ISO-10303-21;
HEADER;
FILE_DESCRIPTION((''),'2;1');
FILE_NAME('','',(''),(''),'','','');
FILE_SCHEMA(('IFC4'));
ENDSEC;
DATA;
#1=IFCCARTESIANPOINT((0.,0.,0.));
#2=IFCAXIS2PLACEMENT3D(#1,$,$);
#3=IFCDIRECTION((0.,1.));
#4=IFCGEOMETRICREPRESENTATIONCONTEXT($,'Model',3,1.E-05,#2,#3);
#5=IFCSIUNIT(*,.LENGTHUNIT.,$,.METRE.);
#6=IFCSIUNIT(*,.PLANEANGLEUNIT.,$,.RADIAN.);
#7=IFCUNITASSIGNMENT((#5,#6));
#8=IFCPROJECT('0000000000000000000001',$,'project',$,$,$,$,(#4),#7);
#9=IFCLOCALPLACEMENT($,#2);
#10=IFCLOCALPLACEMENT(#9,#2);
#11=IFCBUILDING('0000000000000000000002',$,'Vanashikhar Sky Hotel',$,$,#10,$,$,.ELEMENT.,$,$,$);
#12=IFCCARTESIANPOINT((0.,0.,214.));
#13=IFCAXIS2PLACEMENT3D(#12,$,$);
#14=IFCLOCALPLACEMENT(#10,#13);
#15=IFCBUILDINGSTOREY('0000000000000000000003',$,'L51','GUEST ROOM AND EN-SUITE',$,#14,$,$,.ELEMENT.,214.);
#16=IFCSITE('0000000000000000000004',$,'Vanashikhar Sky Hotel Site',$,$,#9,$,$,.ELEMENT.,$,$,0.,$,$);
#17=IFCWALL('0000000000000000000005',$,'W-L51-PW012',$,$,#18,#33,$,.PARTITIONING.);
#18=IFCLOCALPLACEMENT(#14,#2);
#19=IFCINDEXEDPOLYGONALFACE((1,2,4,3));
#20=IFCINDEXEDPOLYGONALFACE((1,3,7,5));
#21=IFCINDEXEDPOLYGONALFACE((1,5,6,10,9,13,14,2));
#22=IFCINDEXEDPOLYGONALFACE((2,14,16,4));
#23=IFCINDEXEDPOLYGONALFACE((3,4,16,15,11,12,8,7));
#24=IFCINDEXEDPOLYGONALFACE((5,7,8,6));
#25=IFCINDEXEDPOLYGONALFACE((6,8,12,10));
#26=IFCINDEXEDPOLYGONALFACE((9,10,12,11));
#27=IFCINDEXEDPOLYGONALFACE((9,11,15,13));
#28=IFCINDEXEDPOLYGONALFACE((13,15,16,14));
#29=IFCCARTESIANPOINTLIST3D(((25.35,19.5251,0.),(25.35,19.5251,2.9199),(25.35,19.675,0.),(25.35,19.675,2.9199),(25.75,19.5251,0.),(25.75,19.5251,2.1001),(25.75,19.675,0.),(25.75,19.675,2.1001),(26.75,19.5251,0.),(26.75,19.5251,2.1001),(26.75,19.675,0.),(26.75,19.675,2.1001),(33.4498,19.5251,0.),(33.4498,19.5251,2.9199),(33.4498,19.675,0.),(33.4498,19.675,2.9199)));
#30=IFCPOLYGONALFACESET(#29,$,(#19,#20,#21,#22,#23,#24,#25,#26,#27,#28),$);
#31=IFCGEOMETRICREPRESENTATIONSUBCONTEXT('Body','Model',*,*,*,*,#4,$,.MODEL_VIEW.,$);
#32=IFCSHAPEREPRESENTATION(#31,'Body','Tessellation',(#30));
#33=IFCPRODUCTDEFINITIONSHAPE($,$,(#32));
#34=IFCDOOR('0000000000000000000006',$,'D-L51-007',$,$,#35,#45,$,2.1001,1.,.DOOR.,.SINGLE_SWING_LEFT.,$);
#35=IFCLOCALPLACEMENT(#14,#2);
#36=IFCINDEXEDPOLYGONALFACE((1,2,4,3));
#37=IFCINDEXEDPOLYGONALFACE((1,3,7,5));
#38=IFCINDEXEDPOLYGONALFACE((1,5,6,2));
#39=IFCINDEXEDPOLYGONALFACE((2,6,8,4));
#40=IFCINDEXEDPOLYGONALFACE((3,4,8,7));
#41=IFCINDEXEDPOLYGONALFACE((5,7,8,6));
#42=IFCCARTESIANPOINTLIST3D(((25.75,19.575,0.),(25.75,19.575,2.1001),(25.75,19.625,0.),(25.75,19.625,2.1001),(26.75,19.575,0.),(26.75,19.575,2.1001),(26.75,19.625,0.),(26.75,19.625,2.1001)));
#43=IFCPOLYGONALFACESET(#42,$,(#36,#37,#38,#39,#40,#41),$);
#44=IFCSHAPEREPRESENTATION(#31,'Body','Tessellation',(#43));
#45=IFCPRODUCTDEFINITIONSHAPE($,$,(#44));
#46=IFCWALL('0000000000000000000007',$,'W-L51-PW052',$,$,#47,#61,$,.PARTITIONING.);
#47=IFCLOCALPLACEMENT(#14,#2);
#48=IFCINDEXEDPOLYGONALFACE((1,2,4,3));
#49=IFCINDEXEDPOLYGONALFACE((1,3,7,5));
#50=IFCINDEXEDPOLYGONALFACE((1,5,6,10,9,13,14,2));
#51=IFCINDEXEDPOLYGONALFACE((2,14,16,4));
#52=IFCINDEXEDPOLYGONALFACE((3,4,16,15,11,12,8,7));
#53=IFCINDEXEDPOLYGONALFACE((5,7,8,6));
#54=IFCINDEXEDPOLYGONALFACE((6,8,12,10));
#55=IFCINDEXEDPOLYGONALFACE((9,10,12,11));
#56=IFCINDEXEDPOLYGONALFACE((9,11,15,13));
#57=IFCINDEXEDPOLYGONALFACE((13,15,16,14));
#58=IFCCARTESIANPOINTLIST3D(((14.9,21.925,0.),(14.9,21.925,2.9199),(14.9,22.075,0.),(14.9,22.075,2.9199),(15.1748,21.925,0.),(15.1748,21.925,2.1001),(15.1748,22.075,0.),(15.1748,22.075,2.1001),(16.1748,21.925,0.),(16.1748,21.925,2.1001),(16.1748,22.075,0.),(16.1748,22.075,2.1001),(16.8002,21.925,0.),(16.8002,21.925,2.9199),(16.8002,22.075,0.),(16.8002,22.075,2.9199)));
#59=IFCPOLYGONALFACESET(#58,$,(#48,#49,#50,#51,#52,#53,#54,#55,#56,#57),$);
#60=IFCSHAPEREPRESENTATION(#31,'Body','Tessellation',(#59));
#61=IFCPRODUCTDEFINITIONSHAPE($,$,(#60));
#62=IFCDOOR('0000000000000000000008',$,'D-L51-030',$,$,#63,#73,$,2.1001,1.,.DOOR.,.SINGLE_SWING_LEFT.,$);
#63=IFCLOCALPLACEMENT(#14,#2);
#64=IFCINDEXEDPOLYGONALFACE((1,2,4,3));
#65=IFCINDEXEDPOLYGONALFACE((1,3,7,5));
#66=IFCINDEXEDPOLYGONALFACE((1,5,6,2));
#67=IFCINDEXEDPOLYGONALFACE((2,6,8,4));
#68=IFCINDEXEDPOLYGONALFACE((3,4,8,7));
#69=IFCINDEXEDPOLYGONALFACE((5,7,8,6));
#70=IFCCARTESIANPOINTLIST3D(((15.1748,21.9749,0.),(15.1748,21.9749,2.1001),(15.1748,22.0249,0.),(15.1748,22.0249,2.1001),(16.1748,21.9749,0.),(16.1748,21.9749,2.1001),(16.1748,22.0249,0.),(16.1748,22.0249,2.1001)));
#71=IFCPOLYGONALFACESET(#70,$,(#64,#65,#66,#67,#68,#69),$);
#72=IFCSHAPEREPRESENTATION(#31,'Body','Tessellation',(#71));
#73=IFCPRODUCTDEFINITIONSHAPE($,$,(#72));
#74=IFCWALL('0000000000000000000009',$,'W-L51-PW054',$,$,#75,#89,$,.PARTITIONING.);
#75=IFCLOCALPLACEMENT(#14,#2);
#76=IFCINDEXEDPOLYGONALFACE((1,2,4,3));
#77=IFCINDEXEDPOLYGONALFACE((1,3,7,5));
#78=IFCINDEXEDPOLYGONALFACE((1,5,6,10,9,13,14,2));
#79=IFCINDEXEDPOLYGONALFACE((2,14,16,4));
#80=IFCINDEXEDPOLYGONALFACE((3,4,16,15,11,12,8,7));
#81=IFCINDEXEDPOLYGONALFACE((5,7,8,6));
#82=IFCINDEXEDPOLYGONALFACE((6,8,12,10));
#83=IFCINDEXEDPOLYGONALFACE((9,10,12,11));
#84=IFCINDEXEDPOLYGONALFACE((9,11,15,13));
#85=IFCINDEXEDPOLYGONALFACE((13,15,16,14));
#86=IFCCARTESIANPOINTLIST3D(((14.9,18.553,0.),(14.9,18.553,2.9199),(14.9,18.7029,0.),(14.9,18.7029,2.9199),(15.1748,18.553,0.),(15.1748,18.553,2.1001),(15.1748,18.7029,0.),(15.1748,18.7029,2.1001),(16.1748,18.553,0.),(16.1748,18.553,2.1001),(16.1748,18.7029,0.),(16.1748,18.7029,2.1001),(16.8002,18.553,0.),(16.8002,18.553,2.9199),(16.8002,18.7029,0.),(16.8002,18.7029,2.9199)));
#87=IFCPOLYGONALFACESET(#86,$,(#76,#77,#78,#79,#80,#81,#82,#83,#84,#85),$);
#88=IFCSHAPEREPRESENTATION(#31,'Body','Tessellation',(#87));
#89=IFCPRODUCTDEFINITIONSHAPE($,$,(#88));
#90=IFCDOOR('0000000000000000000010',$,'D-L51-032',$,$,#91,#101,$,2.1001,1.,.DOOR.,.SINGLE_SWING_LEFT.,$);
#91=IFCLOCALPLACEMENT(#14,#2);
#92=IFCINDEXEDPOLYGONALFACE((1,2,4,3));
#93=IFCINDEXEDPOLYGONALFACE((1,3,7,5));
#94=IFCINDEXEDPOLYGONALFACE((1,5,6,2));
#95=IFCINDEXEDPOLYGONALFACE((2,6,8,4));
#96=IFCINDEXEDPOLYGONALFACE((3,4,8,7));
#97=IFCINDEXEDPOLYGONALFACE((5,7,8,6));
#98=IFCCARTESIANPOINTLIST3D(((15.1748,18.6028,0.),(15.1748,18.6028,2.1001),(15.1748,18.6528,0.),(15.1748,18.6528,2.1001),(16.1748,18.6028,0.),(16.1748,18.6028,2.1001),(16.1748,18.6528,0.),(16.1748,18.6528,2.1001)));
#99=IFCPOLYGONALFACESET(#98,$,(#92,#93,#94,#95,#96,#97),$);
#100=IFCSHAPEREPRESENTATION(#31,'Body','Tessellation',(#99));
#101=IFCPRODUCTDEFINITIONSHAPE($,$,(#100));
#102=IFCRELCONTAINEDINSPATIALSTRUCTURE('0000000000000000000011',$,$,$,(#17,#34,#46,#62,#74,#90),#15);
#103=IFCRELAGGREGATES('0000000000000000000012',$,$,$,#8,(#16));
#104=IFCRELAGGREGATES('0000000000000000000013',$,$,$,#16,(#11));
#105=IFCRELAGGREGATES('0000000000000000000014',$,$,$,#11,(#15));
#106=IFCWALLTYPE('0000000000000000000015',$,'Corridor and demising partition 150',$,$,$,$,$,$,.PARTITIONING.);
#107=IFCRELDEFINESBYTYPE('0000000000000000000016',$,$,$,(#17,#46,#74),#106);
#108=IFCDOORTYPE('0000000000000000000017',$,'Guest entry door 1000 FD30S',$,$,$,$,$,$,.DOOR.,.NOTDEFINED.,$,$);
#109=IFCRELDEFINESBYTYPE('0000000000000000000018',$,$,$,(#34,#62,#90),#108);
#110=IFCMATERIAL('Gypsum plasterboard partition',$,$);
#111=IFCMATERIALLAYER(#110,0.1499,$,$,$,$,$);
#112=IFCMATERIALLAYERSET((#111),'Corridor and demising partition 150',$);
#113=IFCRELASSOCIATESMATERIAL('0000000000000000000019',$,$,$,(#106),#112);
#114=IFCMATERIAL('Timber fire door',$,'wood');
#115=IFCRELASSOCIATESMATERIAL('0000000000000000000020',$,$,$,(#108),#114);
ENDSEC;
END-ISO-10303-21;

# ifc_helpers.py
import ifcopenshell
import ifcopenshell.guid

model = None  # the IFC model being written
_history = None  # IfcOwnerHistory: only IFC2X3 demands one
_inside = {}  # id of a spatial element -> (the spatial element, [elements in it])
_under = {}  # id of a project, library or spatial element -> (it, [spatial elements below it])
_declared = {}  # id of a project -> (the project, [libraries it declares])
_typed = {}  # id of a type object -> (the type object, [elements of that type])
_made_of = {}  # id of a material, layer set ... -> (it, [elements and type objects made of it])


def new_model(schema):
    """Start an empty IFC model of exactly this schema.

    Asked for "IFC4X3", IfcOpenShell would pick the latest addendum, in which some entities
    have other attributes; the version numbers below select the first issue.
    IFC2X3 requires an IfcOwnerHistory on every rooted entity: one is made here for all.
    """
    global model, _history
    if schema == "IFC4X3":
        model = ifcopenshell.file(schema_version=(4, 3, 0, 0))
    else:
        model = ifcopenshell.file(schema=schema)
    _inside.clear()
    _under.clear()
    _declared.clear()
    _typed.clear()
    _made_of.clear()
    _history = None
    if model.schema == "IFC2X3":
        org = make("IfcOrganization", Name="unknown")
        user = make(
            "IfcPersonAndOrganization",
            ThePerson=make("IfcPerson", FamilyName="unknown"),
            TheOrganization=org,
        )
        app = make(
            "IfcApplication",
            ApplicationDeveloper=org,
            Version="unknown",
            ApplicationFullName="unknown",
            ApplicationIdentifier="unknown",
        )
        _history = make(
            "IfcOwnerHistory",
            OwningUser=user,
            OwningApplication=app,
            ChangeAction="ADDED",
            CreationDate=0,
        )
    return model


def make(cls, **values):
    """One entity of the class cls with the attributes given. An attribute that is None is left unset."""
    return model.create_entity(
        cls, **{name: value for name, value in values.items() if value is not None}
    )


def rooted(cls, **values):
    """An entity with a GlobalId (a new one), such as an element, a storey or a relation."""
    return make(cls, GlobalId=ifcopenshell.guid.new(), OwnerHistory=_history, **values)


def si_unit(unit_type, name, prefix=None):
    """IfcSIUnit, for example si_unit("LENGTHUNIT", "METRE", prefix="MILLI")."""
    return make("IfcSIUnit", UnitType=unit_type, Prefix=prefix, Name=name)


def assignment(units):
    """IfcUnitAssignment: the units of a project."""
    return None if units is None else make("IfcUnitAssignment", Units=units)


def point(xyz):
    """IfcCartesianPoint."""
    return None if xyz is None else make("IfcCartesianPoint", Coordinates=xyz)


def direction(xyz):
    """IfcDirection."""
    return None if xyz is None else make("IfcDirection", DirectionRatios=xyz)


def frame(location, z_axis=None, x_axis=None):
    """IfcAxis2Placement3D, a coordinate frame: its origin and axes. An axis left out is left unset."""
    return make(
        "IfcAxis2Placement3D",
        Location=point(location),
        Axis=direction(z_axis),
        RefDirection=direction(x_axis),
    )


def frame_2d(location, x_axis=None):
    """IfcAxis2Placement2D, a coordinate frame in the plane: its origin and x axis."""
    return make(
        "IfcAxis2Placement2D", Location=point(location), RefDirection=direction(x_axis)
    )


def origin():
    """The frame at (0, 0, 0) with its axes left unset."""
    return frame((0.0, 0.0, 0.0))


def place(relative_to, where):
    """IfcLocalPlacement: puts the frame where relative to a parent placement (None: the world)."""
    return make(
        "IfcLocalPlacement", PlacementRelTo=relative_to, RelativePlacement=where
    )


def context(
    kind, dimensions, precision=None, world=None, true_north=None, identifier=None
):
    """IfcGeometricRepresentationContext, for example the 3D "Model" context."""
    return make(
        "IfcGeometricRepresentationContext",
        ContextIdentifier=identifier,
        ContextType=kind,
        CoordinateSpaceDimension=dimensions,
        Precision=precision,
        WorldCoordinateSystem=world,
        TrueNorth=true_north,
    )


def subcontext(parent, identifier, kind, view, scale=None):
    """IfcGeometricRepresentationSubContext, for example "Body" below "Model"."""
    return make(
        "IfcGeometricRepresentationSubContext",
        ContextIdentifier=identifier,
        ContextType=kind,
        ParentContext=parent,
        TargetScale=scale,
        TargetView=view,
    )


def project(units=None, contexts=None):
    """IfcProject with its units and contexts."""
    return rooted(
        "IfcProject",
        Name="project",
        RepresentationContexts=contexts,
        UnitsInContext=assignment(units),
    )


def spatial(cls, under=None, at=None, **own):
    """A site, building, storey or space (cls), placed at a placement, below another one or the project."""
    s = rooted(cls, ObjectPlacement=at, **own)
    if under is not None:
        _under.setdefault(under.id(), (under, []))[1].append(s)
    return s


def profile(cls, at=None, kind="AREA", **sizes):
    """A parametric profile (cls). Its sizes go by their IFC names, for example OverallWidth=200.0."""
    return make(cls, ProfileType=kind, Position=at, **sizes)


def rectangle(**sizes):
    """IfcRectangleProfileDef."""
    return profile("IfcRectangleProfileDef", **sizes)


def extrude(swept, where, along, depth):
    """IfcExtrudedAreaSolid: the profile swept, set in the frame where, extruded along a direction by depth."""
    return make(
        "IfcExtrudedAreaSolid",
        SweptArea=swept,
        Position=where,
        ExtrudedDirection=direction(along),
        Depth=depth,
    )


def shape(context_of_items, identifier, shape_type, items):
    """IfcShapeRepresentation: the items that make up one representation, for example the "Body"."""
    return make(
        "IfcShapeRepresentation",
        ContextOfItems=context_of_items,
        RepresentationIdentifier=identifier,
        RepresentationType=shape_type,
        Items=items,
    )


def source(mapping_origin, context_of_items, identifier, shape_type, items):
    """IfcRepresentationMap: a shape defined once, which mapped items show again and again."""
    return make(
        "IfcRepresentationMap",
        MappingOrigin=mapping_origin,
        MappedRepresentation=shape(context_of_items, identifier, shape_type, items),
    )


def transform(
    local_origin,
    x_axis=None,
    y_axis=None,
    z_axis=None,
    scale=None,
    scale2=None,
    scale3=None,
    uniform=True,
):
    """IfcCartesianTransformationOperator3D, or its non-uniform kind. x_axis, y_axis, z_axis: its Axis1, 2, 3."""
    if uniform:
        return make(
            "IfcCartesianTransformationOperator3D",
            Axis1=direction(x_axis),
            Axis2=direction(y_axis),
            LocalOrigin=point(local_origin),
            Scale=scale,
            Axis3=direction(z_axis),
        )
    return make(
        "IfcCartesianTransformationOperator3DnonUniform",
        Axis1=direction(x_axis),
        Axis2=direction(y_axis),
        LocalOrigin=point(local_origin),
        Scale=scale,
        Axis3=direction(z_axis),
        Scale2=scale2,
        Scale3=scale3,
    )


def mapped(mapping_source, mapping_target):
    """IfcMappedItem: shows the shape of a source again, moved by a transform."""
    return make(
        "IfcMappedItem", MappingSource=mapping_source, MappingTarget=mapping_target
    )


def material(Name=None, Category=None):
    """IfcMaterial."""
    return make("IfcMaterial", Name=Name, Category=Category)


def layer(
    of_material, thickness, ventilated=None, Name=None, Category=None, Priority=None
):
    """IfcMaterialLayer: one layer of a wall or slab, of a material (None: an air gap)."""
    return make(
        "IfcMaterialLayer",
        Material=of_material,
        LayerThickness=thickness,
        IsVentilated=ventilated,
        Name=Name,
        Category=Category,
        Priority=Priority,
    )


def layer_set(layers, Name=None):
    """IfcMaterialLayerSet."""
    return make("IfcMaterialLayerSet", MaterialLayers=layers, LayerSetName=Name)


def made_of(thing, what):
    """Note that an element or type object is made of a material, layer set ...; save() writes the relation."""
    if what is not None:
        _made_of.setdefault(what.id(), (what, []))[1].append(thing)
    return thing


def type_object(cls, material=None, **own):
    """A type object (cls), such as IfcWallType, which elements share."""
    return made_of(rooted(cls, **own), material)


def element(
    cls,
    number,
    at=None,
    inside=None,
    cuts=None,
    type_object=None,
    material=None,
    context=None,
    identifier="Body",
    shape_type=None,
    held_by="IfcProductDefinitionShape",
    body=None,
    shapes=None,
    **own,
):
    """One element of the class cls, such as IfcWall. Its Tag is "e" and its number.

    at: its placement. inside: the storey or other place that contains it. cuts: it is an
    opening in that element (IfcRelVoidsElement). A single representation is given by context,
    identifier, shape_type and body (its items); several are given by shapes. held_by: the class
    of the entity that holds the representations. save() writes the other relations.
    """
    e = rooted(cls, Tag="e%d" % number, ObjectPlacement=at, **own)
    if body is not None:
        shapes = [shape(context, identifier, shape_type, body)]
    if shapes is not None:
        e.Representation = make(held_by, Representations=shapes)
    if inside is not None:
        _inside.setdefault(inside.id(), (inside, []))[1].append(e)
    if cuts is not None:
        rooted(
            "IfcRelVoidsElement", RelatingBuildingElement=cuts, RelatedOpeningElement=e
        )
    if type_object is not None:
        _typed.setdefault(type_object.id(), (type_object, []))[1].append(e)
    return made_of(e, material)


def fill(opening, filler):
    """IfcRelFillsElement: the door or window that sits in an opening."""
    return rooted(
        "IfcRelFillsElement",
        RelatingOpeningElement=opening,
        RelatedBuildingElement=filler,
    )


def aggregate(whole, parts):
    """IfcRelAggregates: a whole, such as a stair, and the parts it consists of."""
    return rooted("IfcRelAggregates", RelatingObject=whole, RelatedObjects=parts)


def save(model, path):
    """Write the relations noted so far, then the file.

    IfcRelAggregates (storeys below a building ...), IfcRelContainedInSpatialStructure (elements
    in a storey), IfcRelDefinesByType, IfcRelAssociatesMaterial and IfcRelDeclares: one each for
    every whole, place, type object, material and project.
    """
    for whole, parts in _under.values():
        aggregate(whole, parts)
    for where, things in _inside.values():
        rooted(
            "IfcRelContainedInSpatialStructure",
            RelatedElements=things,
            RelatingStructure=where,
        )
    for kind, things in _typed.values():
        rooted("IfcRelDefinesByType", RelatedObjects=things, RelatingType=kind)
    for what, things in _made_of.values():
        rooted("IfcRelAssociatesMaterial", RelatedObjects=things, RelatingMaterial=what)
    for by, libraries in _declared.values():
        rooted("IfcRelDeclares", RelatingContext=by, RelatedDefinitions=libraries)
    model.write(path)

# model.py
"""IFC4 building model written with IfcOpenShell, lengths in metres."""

from ifc_helpers import new_model, si_unit, direction, frame, frame_2d, origin, place, context, subcontext, project, spatial, rectangle, extrude, source, transform, mapped, material, layer, layer_set, type_object, element, fill, save


model = new_model("IFC4")

# Units and contexts
model_context = context("Model", 3, precision=1e-05, world=origin(), true_north=direction((0.0, 1.0)))
body_context = subcontext(model_context, "Body", "Model", "MODEL_VIEW")
ifc_project = project(units=[si_unit("LENGTHUNIT", "METRE"), si_unit("PLANEANGLEUNIT", "RADIAN")], contexts=[model_context])

# Site, building, storey
site_placement = place(None, origin())
site = spatial("IfcSite", under=ifc_project, at=site_placement, Name="Vanashikhar Sky Hotel Site", CompositionType="ELEMENT", RefElevation=0.0)
building_placement = place(site_placement, origin())
building = spatial("IfcBuilding", under=site, at=building_placement, Name="Vanashikhar Sky Hotel", CompositionType="ELEMENT")
storey_placement = place(building_placement, frame((0.0, 0.0, 214.0)))
storey = spatial("IfcBuildingStorey", under=building, at=storey_placement, Name="L51", Description="GUEST ROOM AND EN-SUITE", CompositionType="ELEMENT", Elevation=214.0)

# Shared definitions
ifc_material_1 = material(Name="Gypsum plasterboard partition")

# Walls, openings, doors
ifc_layer_1 = layer(ifc_material_1, 0.1499)
ifc_layer_set_1 = layer_set([ifc_layer_1], Name="Corridor and demising partition 150")
wall_type_1 = type_object("IfcWallType", Name="Corridor and demising partition 150", PredefinedType="PARTITIONING", material=ifc_layer_set_1)
shared_shape_1 = source(origin(), body_context, "Body", "SweptSolid", [
    extrude(rectangle(XDim=1.0, YDim=2.1001, at=frame_2d((0.5, 1.05))), frame((0.0, 0.085, 0.0), z_axis=(0.0, -1.0, 0.0), x_axis=(1.0, 0.0, 0.0)), (0.0, 0.0, 1.0), 0.1699),
])
ifc_material_2 = material(Name="Timber fire door", Category="wood")
door_type_1 = type_object("IfcDoorType", Name="Guest entry door 1000 FD30S", OperationType="NOTDEFINED", PredefinedType="DOOR", material=ifc_material_2)
shared_shape_2 = source(origin(), body_context, "Body", "SweptSolid", [
    extrude(rectangle(XDim=1.0, YDim=2.1001, at=frame_2d((0.5, 1.05))), frame((0.0, 0.0249, 0.0), z_axis=(0.0, -1.0, 0.0), x_axis=(1.0, 0.0, 0.0)), (0.0, 0.0, 1.0), 0.05),
])
shared_shape_3 = source(origin(), body_context, "Body", "SweptSolid", [
    extrude(rectangle(XDim=8.0999, YDim=0.1499, at=frame_2d((4.0498, 0.0))), origin(), (0.0, 0.0, 1.0), 2.9199),
])
wall_1_placement = place(storey_placement, frame((25.3501, 19.6001, 0.0), z_axis=(0.0, 0.0, 1.0), x_axis=(1.0, 0.0, 0.0)))
wall_1 = element("IfcWall", 1, at=wall_1_placement, inside=storey, type_object=wall_type_1, Name="W-L51-PW012", PredefinedType="PARTITIONING", context=body_context, shape_type="MappedRepresentation", body=[
    mapped(shared_shape_3, transform((0.0, 0.0, 0.0), scale=1.0)),
])
opening_1_placement = place(wall_1_placement, frame((0.3999, 0.0, 0.0)))
opening_1 = element("IfcOpeningElement", 2, at=opening_1_placement, cuts=wall_1, PredefinedType="OPENING", context=body_context, shape_type="MappedRepresentation", body=[
    mapped(shared_shape_1, transform((0.0, 0.0, 0.0), scale=1.0)),
])
door_1_placement = place(opening_1_placement, origin())
door_1 = element("IfcDoor", 3, at=door_1_placement, inside=storey, type_object=door_type_1, Name="D-L51-007", OperationType="SINGLE_SWING_LEFT", OverallHeight=2.1001, OverallWidth=1.0, PredefinedType="DOOR", context=body_context, shape_type="MappedRepresentation", body=[
    mapped(shared_shape_2, transform((0.0, 0.0, 0.0), scale=1.0)),
])
fill(opening_1, door_1)
shared_shape_4 = source(origin(), body_context, "Body", "SweptSolid", [
    extrude(rectangle(XDim=1.9001, YDim=0.1499, at=frame_2d((0.9502, 0.0))), origin(), (0.0, 0.0, 1.0), 2.9199),
])
wall_2_placement = place(storey_placement, frame((14.8999, 22.0, 0.0), z_axis=(0.0, 0.0, 1.0), x_axis=(1.0, 0.0, 0.0)))
wall_2 = element("IfcWall", 4, at=wall_2_placement, inside=storey, type_object=wall_type_1, Name="W-L51-PW052", PredefinedType="PARTITIONING", context=body_context, shape_type="MappedRepresentation", body=[
    mapped(shared_shape_4, transform((0.0, 0.0, 0.0), scale=1.0)),
])
opening_2_placement = place(wall_2_placement, frame((0.2749, 0.0, 0.0)))
opening_2 = element("IfcOpeningElement", 5, at=opening_2_placement, cuts=wall_2, PredefinedType="OPENING", context=body_context, shape_type="MappedRepresentation", body=[
    mapped(shared_shape_1, transform((0.0, 0.0, 0.0), scale=1.0)),
])
door_2_placement = place(opening_2_placement, origin())
door_2 = element("IfcDoor", 6, at=door_2_placement, inside=storey, type_object=door_type_1, Name="D-L51-030", OperationType="SINGLE_SWING_LEFT", OverallHeight=2.1001, OverallWidth=1.0, PredefinedType="DOOR", context=body_context, shape_type="MappedRepresentation", body=[
    mapped(shared_shape_2, transform((0.0, 0.0, 0.0), scale=1.0)),
])
fill(opening_2, door_2)
wall_3_placement = place(storey_placement, frame((14.8999, 18.6279, 0.0), z_axis=(0.0, 0.0, 1.0), x_axis=(1.0, 0.0, 0.0)))
wall_3 = element("IfcWall", 7, at=wall_3_placement, inside=storey, type_object=wall_type_1, Name="W-L51-PW054", PredefinedType="PARTITIONING", context=body_context, shape_type="MappedRepresentation", body=[
    mapped(shared_shape_4, transform((0.0, 0.0, 0.0), scale=1.0)),
])
opening_3_placement = place(wall_3_placement, frame((0.2749, 0.0, 0.0)))
opening_3 = element("IfcOpeningElement", 8, at=opening_3_placement, cuts=wall_3, PredefinedType="OPENING", context=body_context, shape_type="MappedRepresentation", body=[
    mapped(shared_shape_1, transform((0.0, 0.0, 0.0), scale=1.0)),
])
door_3_placement = place(opening_3_placement, origin())
door_3 = element("IfcDoor", 9, at=door_3_placement, inside=storey, type_object=door_type_1, Name="D-L51-032", OperationType="SINGLE_SWING_LEFT", OverallHeight=2.1001, OverallWidth=1.0, PredefinedType="DOOR", context=body_context, shape_type="MappedRepresentation", body=[
    mapped(shared_shape_2, transform((0.0, 0.0, 0.0), scale=1.0)),
])
fill(opening_3, door_3)

save(model, "model.ifc")
